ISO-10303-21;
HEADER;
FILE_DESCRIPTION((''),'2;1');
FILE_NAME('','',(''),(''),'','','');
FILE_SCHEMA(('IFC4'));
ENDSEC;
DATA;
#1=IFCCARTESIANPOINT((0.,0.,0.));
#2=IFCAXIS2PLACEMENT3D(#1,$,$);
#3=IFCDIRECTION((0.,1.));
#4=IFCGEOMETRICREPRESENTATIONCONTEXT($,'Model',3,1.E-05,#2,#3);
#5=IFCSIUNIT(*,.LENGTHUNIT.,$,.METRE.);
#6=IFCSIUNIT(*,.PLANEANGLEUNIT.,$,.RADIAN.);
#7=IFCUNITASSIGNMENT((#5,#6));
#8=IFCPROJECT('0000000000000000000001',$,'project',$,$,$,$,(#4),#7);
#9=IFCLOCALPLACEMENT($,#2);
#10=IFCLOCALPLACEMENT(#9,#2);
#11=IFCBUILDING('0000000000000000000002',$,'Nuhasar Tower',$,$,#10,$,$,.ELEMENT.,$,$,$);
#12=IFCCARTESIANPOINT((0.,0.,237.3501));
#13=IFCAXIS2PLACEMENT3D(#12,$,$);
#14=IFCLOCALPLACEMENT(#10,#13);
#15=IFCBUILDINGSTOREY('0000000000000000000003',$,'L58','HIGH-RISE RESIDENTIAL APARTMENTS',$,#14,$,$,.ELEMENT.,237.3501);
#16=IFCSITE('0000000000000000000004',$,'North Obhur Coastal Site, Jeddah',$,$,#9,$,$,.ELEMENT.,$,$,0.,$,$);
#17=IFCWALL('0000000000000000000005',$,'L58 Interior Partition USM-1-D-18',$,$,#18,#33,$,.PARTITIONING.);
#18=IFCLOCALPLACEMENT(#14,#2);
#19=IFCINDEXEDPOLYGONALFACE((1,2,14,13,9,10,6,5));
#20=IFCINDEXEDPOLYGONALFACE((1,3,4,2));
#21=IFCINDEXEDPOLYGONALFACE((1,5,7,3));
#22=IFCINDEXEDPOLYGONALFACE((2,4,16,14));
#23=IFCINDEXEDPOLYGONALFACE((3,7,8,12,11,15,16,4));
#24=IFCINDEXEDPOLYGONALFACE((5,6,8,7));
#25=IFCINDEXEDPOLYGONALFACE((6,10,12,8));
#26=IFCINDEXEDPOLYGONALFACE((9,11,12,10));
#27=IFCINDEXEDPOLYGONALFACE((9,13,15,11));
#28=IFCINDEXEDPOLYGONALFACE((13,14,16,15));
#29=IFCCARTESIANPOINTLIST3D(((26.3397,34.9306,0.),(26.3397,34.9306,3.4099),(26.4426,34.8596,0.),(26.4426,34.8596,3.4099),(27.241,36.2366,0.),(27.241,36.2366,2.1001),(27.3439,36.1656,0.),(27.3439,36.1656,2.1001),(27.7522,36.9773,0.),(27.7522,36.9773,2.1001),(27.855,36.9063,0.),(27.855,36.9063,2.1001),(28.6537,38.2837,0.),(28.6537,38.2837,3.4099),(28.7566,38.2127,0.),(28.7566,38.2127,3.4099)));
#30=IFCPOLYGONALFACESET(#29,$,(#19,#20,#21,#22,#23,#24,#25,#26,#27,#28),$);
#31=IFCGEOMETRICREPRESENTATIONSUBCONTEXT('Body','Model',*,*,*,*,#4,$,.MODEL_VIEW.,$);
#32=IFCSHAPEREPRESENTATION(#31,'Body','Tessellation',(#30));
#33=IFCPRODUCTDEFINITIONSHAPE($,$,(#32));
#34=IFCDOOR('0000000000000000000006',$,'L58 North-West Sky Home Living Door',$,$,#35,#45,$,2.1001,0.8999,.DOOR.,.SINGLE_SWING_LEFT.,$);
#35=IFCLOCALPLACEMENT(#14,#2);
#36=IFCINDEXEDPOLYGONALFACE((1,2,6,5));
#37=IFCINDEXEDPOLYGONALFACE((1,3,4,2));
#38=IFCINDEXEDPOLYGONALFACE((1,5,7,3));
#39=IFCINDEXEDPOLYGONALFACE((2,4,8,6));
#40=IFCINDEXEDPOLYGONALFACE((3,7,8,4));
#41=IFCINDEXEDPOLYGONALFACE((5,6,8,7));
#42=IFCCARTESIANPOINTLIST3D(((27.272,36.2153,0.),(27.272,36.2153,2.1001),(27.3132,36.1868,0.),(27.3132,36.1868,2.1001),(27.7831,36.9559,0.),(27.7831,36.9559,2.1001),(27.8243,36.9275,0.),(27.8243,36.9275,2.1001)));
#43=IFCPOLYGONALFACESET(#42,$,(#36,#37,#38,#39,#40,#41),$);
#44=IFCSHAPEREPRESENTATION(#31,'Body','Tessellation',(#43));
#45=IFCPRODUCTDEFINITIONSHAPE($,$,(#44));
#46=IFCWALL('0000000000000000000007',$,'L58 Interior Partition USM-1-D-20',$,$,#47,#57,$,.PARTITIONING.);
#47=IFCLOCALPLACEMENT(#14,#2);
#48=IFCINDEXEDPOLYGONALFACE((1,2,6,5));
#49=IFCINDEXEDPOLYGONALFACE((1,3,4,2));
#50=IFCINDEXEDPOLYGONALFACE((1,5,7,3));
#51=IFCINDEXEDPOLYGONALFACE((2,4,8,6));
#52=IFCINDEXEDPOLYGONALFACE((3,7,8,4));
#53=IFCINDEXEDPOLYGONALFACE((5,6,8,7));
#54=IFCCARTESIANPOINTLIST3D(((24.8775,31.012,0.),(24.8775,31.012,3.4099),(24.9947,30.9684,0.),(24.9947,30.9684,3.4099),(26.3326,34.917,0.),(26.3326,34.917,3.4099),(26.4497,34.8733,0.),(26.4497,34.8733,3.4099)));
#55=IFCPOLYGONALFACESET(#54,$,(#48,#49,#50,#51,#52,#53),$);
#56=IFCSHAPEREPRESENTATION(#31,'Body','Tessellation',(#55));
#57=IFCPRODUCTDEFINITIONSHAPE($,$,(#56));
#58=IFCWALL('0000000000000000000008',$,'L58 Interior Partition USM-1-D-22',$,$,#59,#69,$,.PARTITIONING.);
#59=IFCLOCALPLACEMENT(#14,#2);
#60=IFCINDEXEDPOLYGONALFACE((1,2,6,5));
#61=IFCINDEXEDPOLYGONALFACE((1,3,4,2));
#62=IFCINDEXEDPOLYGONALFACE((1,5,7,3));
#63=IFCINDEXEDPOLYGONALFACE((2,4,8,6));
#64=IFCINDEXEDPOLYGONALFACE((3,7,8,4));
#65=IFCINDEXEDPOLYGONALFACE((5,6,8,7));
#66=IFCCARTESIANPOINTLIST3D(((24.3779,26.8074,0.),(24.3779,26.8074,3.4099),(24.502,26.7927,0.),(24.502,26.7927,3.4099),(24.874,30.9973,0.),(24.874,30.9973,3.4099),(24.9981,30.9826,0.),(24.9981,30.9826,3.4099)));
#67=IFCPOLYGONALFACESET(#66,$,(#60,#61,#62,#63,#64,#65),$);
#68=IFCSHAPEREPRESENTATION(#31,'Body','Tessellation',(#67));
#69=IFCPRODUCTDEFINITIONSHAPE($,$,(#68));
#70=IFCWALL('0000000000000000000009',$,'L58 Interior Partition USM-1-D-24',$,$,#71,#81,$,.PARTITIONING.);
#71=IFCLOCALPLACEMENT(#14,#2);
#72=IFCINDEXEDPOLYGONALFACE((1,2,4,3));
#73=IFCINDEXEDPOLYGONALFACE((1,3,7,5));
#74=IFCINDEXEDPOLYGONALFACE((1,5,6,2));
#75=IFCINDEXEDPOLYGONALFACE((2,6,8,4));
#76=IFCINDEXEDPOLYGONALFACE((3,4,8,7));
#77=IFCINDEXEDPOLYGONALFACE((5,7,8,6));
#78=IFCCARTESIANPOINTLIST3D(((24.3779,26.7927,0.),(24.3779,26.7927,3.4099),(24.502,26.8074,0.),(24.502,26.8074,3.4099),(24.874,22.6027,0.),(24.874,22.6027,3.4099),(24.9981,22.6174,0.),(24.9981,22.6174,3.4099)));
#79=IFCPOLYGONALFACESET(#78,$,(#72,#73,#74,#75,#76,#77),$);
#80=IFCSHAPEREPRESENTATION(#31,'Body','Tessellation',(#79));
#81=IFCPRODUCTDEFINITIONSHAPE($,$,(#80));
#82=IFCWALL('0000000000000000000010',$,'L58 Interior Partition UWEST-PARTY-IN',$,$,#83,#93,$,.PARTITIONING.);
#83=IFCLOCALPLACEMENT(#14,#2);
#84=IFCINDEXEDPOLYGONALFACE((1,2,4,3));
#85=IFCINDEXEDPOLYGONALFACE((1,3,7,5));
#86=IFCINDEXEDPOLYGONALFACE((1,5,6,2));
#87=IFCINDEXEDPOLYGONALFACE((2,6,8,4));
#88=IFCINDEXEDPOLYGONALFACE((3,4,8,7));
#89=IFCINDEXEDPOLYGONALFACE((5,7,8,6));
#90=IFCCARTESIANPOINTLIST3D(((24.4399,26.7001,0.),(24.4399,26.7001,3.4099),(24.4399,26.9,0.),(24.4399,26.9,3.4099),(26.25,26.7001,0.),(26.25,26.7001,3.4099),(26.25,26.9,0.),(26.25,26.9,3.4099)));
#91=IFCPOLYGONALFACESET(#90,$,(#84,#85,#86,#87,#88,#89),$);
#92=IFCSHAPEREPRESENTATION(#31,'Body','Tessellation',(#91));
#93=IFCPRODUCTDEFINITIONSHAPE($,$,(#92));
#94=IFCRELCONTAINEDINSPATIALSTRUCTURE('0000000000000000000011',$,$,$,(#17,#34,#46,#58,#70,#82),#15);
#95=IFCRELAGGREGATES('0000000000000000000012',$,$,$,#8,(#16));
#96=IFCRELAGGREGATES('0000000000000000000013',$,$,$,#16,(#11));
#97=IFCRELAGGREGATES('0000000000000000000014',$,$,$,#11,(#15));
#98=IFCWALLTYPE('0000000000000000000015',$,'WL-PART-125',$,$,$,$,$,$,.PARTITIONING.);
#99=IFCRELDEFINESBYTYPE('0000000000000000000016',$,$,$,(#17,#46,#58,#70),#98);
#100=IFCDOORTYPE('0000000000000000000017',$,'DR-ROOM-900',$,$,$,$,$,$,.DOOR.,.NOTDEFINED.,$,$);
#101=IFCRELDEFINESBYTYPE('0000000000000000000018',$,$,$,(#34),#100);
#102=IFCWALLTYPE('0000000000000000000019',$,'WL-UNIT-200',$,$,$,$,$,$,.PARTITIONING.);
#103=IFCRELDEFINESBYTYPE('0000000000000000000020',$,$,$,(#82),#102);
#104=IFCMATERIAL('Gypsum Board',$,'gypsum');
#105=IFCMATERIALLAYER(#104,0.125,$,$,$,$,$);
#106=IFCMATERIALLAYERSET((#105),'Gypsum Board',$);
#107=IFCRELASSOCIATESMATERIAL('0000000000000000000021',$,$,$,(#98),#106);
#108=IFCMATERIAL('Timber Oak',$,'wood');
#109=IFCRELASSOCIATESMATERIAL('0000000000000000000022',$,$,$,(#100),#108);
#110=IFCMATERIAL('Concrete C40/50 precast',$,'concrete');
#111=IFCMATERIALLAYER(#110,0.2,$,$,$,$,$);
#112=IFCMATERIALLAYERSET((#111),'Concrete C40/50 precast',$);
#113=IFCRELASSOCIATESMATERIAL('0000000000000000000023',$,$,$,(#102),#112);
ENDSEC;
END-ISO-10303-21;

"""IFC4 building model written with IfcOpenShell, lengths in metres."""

from ifc_helpers import new_model, si_unit, direction, frame, frame_2d, origin, place, context, subcontext, project, spatial, rectangle, extrude, material, layer, layer_set, type_object, element, fill, save


model = new_model("IFC4")

# Units and contexts
model_context = context("Model", 3, precision=1e-05, world=origin(), true_north=direction((0.0, 1.0)))
body_context = subcontext(model_context, "Body", "Model", "MODEL_VIEW")
ifc_project = project(units=[si_unit("LENGTHUNIT", "METRE"), si_unit("PLANEANGLEUNIT", "RADIAN")], contexts=[model_context])

# Site, building, storey
site_placement = place(None, origin())
site = spatial("IfcSite", under=ifc_project, at=site_placement, Name="North Obhur Coastal Site, Jeddah", CompositionType="ELEMENT", RefElevation=0.0)
building_placement = place(site_placement, origin())
building = spatial("IfcBuilding", under=site, at=building_placement, Name="Nuhasar Tower", CompositionType="ELEMENT")
storey_placement = place(building_placement, frame((0.0, 0.0, 237.3501)))
storey = spatial("IfcBuildingStorey", under=building, at=storey_placement, Name="L58", Description="HIGH-RISE RESIDENTIAL APARTMENTS", CompositionType="ELEMENT", Elevation=237.3501)

# Shared definitions
ifc_material_1 = material(Name="Gypsum Board", Category="gypsum")
ifc_material_2 = material(Name="Timber Oak", Category="wood")

# Wall, opening, door
ifc_layer_1 = layer(ifc_material_1, 0.125)
ifc_layer_set_1 = layer_set([ifc_layer_1], Name="Gypsum Board")
wall_type_1 = type_object("IfcWallType", Name="WL-PART-125", PredefinedType="PARTITIONING", material=ifc_layer_set_1)
wall_1_placement = place(storey_placement, frame((26.3911, 34.895, 0.0), z_axis=(0.0, 0.0, 1.0), x_axis=(0.567988, 0.823037, 0.0)))
wall_1 = element("IfcWall", 1, at=wall_1_placement, inside=storey, type_object=wall_type_1, Name="L58 Interior Partition USM-1-D-18", PredefinedType="PARTITIONING", context=body_context, shape_type="SweptSolid", body=[
    extrude(rectangle(XDim=4.074, YDim=0.125, at=frame_2d((2.0371, 0.0))), origin(), (0.0, 0.0, 1.0), 3.4099),
])
opening_1_placement = place(wall_1_placement, frame((1.5869, 0.0, 0.0)))
opening_1 = element("IfcOpeningElement", 2, at=opening_1_placement, cuts=wall_1, PredefinedType="OPENING", context=body_context, shape_type="SweptSolid", body=[
    extrude(rectangle(XDim=0.8999, YDim=2.1001, at=frame_2d((0.45, 1.05))), frame((0.0, 0.0725, 0.0), z_axis=(0.0, -1.0, 0.0), x_axis=(1.0, 0.0, 0.0)), (0.0, 0.0, 1.0), 0.145),
])
door_type_1 = type_object("IfcDoorType", Name="DR-ROOM-900", OperationType="NOTDEFINED", PredefinedType="DOOR", material=ifc_material_2)
door_1_placement = place(opening_1_placement, origin())
door_1 = element("IfcDoor", 3, at=door_1_placement, inside=storey, type_object=door_type_1, Name="L58 North-West Sky Home Living Door", OperationType="SINGLE_SWING_LEFT", OverallHeight=2.1001, OverallWidth=0.8999, PredefinedType="DOOR", context=body_context, shape_type="SweptSolid", body=[
    extrude(rectangle(XDim=0.8999, YDim=2.1001, at=frame_2d((0.45, 1.05))), frame((0.0, 0.0249, 0.0), z_axis=(0.0, -1.0, 0.0), x_axis=(1.0, 0.0, 0.0)), (0.0, 0.0, 1.0), 0.05),
])
fill(opening_1, door_1)

# Walls
wall_2_placement = place(storey_placement, frame((26.3911, 34.895, 0.0), z_axis=(0.0, 0.0, 1.0), x_axis=(-0.349165, -0.937061, 0.0)))
element("IfcWall", 4, at=wall_2_placement, inside=storey, type_object=wall_type_1, Name="L58 Interior Partition USM-1-D-20", PredefinedType="PARTITIONING", context=body_context, shape_type="SweptSolid", body=[
    extrude(rectangle(XDim=4.1672, YDim=0.125, at=frame_2d((2.0835, 0.0))), origin(), (0.0, 0.0, 1.0), 3.4099),
])
for number, where, z_axis, x_axis, name in (
    (5, (24.936, 30.99, 0.0), (0.0, 0.0, 1.0), (-0.11758, -0.993063, 0.0), "L58 Interior Partition USM-1-D-22"),
    (6, (24.4399, 26.8, 0.0), (0.0, 0.0, 1.0), (0.11758, -0.993063, 0.0), "L58 Interior Partition USM-1-D-24"),
):
    element("IfcWall", number, at=place(storey_placement, frame(where, z_axis=z_axis, x_axis=x_axis)), inside=storey, type_object=wall_type_1, Name=name, PredefinedType="PARTITIONING", context=body_context, shape_type="SweptSolid", body=[
        extrude(rectangle(XDim=4.2192, YDim=0.125, at=frame_2d((2.1096, 0.0))), origin(), (0.0, 0.0, 1.0), 3.4099),
    ])
ifc_material_3 = material(Name="Concrete C40/50 precast", Category="concrete")
ifc_layer_2 = layer(ifc_material_3, 0.2)
ifc_layer_set_2 = layer_set([ifc_layer_2], Name="Concrete C40/50 precast")
wall_type_2 = type_object("IfcWallType", Name="WL-UNIT-200", PredefinedType="PARTITIONING", material=ifc_layer_set_2)
wall_3_placement = place(storey_placement, frame((26.25, 26.8, 0.0), z_axis=(0.0, 0.0, 1.0), x_axis=(-1.0, 0.0, 0.0)))
element("IfcWall", 7, at=wall_3_placement, inside=storey, type_object=wall_type_2, Name="L58 Interior Partition UWEST-PARTY-IN", PredefinedType="PARTITIONING", context=body_context, shape_type="SweptSolid", body=[
    extrude(rectangle(XDim=1.8101, YDim=0.2, at=frame_2d((0.905, 0.0))), origin(), (0.0, 0.0, 1.0), 3.4099),
])

save(model, "model.ifc")
